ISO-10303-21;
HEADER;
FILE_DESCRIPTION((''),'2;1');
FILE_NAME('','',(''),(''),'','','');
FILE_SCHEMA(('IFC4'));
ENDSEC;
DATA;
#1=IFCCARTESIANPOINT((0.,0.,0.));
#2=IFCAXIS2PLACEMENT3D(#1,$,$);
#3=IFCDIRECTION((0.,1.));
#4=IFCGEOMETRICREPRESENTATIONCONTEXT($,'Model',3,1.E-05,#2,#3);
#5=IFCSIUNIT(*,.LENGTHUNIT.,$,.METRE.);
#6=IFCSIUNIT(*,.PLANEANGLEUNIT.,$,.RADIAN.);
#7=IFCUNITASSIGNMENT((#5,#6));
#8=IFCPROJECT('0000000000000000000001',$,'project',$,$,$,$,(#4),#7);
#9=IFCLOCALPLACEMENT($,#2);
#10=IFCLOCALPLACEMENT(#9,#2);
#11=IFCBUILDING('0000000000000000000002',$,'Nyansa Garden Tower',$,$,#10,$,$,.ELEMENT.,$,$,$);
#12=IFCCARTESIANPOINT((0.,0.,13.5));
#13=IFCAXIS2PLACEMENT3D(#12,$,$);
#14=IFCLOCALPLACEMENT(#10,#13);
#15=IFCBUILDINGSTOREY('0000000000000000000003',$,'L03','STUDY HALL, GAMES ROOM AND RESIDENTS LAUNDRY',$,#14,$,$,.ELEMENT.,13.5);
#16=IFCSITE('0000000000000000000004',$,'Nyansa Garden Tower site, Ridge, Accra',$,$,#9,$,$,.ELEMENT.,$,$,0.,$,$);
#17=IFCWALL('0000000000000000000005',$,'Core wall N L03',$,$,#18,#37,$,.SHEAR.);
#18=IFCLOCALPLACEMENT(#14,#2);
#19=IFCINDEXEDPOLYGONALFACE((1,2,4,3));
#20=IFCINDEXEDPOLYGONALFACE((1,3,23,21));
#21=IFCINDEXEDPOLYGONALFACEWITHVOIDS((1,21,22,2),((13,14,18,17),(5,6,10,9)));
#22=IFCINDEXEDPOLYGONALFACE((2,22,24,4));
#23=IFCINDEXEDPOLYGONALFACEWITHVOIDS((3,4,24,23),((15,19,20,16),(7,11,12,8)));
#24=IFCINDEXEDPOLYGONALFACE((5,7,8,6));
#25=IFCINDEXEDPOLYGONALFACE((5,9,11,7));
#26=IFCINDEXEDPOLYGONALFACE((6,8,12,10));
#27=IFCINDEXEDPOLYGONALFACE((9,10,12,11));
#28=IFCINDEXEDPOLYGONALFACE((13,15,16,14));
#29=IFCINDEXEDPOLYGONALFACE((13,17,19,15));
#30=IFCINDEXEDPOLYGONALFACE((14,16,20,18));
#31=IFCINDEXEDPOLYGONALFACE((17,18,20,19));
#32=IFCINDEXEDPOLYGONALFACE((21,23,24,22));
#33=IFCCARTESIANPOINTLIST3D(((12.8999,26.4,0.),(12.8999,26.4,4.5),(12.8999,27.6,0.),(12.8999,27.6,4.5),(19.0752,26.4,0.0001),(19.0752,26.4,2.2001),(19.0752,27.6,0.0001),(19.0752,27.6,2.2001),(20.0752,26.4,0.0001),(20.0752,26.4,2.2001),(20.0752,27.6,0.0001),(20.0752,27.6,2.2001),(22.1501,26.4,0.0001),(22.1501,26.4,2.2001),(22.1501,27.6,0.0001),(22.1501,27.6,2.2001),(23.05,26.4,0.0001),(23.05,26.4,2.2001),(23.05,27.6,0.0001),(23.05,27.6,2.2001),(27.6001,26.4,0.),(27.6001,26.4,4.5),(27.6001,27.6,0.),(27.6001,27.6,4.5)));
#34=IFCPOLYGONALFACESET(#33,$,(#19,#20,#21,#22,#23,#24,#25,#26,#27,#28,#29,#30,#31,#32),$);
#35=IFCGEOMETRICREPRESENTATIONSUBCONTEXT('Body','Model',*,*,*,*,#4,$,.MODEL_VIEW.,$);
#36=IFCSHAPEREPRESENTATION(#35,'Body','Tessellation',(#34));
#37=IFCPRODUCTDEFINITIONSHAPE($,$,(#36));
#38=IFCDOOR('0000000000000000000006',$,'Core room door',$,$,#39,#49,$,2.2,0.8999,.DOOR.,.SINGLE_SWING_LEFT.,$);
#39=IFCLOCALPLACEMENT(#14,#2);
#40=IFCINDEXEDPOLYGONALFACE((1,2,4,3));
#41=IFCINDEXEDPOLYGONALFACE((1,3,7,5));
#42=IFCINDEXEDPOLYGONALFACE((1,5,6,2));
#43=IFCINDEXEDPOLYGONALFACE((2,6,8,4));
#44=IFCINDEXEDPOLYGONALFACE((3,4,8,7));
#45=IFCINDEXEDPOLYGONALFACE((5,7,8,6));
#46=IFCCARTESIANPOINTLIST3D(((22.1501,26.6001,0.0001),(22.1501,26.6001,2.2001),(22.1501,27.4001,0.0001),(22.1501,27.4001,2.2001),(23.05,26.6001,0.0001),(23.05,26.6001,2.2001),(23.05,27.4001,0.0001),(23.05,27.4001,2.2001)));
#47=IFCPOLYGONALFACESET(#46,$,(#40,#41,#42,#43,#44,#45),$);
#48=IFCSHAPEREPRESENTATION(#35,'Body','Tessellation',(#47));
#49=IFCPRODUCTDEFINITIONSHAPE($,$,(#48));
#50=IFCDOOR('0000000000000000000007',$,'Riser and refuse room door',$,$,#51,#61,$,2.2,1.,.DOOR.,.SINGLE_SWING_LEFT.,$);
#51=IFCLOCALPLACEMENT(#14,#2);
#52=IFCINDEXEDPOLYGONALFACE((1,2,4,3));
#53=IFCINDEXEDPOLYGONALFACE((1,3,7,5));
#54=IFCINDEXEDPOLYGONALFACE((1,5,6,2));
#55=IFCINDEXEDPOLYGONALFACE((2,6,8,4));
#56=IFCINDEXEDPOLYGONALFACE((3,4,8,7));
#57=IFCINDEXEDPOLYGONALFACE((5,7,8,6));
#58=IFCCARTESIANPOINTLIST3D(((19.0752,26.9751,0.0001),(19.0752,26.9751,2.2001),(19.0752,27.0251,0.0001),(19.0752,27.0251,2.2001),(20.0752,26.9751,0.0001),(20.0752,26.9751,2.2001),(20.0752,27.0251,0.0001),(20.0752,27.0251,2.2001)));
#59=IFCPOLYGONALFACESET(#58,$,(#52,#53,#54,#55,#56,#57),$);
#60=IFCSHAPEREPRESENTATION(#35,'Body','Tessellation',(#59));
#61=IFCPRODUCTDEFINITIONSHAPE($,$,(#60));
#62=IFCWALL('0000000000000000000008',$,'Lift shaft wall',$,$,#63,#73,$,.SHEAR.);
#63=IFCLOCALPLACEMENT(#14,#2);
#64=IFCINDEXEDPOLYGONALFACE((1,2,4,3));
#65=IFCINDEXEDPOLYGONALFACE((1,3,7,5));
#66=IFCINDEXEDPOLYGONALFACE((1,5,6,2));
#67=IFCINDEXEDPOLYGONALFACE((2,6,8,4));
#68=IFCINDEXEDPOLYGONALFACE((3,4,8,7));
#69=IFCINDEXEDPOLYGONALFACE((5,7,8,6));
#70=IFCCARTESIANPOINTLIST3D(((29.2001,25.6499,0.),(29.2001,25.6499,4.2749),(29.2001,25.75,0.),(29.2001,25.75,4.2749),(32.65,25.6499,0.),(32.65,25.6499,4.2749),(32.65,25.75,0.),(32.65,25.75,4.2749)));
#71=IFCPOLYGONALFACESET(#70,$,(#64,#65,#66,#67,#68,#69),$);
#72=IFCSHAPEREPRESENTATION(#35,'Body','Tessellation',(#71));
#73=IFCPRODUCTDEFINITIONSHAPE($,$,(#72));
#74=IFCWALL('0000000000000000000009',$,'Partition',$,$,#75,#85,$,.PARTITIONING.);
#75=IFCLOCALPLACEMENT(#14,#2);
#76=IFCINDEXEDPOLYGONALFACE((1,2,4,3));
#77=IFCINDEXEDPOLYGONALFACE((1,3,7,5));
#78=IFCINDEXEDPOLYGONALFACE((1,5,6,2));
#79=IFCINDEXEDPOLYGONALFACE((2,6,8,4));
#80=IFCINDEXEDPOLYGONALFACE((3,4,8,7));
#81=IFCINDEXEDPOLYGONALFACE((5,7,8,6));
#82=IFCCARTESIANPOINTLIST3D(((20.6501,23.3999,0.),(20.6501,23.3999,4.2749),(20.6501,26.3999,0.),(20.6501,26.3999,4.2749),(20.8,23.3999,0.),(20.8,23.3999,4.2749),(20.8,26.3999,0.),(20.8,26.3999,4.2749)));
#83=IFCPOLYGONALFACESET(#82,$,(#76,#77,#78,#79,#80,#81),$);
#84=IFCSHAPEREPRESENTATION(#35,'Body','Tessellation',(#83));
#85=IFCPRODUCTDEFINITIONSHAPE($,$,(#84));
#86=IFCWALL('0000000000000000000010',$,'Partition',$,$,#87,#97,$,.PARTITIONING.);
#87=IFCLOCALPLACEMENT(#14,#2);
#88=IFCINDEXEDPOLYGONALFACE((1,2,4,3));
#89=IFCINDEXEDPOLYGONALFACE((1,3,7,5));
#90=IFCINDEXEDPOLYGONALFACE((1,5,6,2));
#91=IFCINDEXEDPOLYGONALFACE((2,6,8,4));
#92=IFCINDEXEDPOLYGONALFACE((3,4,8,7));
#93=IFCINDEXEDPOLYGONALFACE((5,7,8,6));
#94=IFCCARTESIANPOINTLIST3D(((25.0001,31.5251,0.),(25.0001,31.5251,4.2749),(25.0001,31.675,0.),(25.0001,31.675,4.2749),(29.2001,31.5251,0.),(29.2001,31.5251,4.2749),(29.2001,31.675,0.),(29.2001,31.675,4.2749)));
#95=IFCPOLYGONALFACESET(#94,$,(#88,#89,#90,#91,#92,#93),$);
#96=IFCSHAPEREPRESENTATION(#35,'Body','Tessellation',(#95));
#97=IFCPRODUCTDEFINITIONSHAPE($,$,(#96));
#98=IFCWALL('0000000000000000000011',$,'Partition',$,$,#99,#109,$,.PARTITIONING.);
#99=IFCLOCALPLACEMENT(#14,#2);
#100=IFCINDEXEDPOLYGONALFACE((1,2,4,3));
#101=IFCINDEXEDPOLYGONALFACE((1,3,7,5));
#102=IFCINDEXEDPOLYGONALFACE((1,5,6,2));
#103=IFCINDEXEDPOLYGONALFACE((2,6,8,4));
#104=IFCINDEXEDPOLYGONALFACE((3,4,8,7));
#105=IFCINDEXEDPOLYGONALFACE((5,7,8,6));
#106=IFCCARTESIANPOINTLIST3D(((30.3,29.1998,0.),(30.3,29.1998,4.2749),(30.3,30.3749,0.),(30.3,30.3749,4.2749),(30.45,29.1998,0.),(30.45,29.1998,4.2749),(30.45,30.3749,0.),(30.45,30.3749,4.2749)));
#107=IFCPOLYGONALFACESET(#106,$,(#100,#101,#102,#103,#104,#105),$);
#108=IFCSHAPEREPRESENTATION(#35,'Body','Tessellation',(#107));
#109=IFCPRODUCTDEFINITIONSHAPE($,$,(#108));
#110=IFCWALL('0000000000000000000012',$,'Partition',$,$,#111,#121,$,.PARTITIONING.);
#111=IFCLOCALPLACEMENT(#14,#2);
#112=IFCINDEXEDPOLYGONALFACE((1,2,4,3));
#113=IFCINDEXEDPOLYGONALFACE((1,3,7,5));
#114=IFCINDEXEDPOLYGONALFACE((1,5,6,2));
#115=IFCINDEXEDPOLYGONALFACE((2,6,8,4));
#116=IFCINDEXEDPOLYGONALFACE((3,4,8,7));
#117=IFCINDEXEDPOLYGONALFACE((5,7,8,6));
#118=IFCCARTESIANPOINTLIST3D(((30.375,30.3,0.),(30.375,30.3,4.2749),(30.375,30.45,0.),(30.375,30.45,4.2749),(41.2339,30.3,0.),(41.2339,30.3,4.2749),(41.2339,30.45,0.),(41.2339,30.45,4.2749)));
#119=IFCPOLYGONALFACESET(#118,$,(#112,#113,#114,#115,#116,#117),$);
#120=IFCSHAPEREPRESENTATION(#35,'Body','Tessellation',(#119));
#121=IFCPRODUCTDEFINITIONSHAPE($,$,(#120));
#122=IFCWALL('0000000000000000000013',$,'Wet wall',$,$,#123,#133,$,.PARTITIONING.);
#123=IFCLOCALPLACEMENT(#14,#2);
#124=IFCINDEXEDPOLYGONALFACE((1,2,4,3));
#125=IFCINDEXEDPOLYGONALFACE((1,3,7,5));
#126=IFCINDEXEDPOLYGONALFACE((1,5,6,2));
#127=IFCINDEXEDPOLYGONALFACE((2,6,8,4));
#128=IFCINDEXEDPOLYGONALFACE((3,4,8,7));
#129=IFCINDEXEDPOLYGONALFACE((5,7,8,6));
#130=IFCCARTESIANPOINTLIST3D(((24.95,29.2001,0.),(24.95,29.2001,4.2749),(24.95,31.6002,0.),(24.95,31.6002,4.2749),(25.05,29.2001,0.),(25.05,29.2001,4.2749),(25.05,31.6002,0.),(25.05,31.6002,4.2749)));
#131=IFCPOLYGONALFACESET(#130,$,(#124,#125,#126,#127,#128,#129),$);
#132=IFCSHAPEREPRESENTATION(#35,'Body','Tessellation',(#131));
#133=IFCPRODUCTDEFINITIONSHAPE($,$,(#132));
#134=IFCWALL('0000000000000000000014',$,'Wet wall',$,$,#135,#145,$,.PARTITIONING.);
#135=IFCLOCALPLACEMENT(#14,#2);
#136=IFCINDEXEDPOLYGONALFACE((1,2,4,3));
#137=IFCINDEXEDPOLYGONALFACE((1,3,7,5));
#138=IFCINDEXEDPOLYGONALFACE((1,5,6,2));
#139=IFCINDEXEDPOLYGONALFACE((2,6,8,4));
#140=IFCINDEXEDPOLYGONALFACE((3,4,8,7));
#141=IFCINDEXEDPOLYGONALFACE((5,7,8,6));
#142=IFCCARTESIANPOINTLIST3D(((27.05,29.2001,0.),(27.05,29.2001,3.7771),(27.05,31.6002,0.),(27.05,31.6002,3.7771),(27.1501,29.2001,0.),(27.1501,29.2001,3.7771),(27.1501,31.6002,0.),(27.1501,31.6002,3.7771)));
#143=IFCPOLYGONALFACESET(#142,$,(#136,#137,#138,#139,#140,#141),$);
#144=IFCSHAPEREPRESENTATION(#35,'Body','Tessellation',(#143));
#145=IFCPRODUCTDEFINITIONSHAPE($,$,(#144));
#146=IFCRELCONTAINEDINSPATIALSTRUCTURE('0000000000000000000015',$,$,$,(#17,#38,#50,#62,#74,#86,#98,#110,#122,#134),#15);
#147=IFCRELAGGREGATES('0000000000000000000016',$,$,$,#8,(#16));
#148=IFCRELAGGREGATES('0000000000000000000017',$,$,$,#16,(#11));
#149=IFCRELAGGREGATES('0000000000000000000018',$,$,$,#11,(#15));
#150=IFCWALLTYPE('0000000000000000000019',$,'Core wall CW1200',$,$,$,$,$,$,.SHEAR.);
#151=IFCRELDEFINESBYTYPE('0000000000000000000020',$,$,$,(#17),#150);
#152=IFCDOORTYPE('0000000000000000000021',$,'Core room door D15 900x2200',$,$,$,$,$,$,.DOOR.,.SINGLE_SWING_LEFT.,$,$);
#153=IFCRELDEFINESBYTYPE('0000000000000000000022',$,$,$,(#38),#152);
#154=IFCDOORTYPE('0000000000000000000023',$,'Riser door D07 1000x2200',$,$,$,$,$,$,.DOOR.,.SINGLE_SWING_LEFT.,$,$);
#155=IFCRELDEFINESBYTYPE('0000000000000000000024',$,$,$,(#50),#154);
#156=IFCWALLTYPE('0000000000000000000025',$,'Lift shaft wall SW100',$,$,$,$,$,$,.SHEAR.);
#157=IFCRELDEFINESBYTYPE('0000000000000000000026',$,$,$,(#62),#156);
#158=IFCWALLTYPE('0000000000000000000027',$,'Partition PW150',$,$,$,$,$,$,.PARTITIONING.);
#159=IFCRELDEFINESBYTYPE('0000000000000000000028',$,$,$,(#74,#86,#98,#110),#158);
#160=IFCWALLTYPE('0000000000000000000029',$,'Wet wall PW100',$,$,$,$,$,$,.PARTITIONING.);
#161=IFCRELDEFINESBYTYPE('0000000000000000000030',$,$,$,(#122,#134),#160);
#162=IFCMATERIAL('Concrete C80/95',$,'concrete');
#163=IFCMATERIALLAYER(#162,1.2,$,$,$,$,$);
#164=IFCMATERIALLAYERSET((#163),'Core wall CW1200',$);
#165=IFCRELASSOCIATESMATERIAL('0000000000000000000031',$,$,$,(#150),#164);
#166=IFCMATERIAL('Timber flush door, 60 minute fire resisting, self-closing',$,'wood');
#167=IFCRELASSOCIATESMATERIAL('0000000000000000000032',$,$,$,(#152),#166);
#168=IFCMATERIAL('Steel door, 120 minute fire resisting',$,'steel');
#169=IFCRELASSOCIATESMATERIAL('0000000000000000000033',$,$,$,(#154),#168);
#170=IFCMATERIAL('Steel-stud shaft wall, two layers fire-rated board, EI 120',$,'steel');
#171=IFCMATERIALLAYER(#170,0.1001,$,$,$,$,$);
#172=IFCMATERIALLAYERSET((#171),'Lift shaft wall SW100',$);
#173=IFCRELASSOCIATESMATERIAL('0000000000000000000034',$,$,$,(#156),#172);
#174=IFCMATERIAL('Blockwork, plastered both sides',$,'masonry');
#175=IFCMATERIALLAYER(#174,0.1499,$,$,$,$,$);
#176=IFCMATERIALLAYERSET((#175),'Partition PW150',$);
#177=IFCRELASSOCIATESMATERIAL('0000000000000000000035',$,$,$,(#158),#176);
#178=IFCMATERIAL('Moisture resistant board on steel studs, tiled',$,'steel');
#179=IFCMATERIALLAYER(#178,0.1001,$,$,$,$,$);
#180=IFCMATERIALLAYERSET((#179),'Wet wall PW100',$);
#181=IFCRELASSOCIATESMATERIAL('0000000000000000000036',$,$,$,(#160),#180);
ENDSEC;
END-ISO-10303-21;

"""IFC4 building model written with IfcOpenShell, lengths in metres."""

from ifc_helpers import new_model, si_unit, direction, frame, frame_2d, origin, place, context, subcontext, project, spatial, rectangle, extrude, material, layer, layer_set, type_object, element, fill, save


model = new_model("IFC4")

# Units and contexts
model_context = context("Model", 3, precision=1e-05, world=origin(), true_north=direction((0.0, 1.0)))
body_context = subcontext(model_context, "Body", "Model", "MODEL_VIEW")
ifc_project = project(units=[si_unit("LENGTHUNIT", "METRE"), si_unit("PLANEANGLEUNIT", "RADIAN")], contexts=[model_context])

# Site, building, storey
site_placement = place(None, origin())
site = spatial("IfcSite", under=ifc_project, at=site_placement, Name="Nyansa Garden Tower site, Ridge, Accra", CompositionType="ELEMENT", RefElevation=0.0)
building_placement = place(site_placement, origin())
building = spatial("IfcBuilding", under=site, at=building_placement, Name="Nyansa Garden Tower", CompositionType="ELEMENT")
storey_placement = place(building_placement, frame((0.0, 0.0, 13.5)))
storey = spatial("IfcBuildingStorey", under=building, at=storey_placement, Name="L03", Description="STUDY HALL, GAMES ROOM AND RESIDENTS LAUNDRY", CompositionType="ELEMENT", Elevation=13.5)

# Wall, openings, doors
ifc_material_1 = material(Name="Concrete C80/95", Category="concrete")
ifc_layer_1 = layer(ifc_material_1, 1.2)
ifc_layer_set_1 = layer_set([ifc_layer_1], Name="Core wall CW1200")
wall_type_1 = type_object("IfcWallType", Name="Core wall CW1200", PredefinedType="SHEAR", material=ifc_layer_set_1)
wall_1_placement = place(storey_placement, frame((27.6001, 27.0, 0.0), z_axis=(0.0, 0.0, 1.0), x_axis=(-1.0, 0.0, 0.0)))
wall_1 = element("IfcWall", 1, at=wall_1_placement, inside=storey, type_object=wall_type_1, Name="Core wall N L03", PredefinedType="SHEAR", context=body_context, shape_type="SweptSolid", body=[
    extrude(rectangle(XDim=14.7002, YDim=1.2, at=frame_2d((7.3501, 0.0))), origin(), (0.0, 0.0, 1.0), 4.5),
])
opening_1_placement = place(wall_1_placement, frame((4.55, 0.0, 0.0)))
opening_1 = element("IfcOpeningElement", 2, at=opening_1_placement, cuts=wall_1, PredefinedType="OPENING", context=body_context, shape_type="SweptSolid", body=[
    extrude(rectangle(XDim=0.8999, YDim=2.2, at=frame_2d((0.45, 1.1001))), frame((0.0, 0.6099, 0.0), z_axis=(0.0, -1.0, 0.0), x_axis=(1.0, 0.0, 0.0)), (0.0, 0.0, 1.0), 1.22),
])
opening_2_placement = place(wall_1_placement, frame((7.5249, 0.0, 0.0)))
opening_2 = element("IfcOpeningElement", 3, at=opening_2_placement, cuts=wall_1, PredefinedType="OPENING", context=body_context, shape_type="SweptSolid", body=[
    extrude(rectangle(XDim=1.0, YDim=2.2, at=frame_2d((0.5, 1.1001))), frame((0.0, 0.6099, 0.0), z_axis=(0.0, -1.0, 0.0), x_axis=(1.0, 0.0, 0.0)), (0.0, 0.0, 1.0), 1.22),
])
ifc_material_2 = material(Name="Timber flush door, 60 minute fire resisting, self-closing", Category="wood")
door_type_1 = type_object("IfcDoorType", Name="Core room door D15 900x2200", OperationType="SINGLE_SWING_LEFT", PredefinedType="DOOR", material=ifc_material_2)
door_1_placement = place(opening_1_placement, origin())
door_1 = element("IfcDoor", 4, at=door_1_placement, inside=storey, type_object=door_type_1, Name="Core room door", OperationType="SINGLE_SWING_LEFT", OverallHeight=2.2, OverallWidth=0.8999, PredefinedType="DOOR", context=body_context, shape_type="SweptSolid", body=[
    extrude(rectangle(XDim=0.8999, YDim=2.2, at=frame_2d((0.45, 1.1001))), frame((0.0, 0.3999, 0.0), z_axis=(0.0, -1.0, 0.0), x_axis=(1.0, 0.0, 0.0)), (0.0, 0.0, 1.0), 0.8),
])
fill(opening_1, door_1)
ifc_material_3 = material(Name="Steel door, 120 minute fire resisting", Category="steel")
door_type_2 = type_object("IfcDoorType", Name="Riser door D07 1000x2200", OperationType="SINGLE_SWING_LEFT", PredefinedType="DOOR", material=ifc_material_3)
door_2_placement = place(opening_2_placement, origin())
door_2 = element("IfcDoor", 5, at=door_2_placement, inside=storey, type_object=door_type_2, Name="Riser and refuse room door", OperationType="SINGLE_SWING_LEFT", OverallHeight=2.2, OverallWidth=1.0, PredefinedType="DOOR", context=body_context, shape_type="SweptSolid", body=[
    extrude(rectangle(XDim=1.0, YDim=2.2, at=frame_2d((0.5, 1.1001))), frame((0.0, 0.0249, 0.0), z_axis=(0.0, -1.0, 0.0), x_axis=(1.0, 0.0, 0.0)), (0.0, 0.0, 1.0), 0.05),
])
fill(opening_2, door_2)

# Walls
ifc_material_4 = material(Name="Steel-stud shaft wall, two layers fire-rated board, EI 120", Category="steel")
ifc_layer_2 = layer(ifc_material_4, 0.1001)
ifc_layer_set_2 = layer_set([ifc_layer_2], Name="Lift shaft wall SW100")
wall_type_2 = type_object("IfcWallType", Name="Lift shaft wall SW100", PredefinedType="SHEAR", material=ifc_layer_set_2)
wall_2_placement = place(storey_placement, frame((29.2, 25.7, 0.0), z_axis=(0.0, 0.0, 1.0), x_axis=(1.0, 0.0, 0.0)))
element("IfcWall", 6, at=wall_2_placement, inside=storey, type_object=wall_type_2, Name="Lift shaft wall", PredefinedType="SHEAR", context=body_context, shape_type="SweptSolid", body=[
    extrude(rectangle(XDim=3.45, YDim=0.1001, at=frame_2d((1.7251, 0.0))), origin(), (0.0, 0.0, 1.0), 4.2749),
])
ifc_material_5 = material(Name="Blockwork, plastered both sides", Category="masonry")
ifc_layer_3 = layer(ifc_material_5, 0.1499)
ifc_layer_set_3 = layer_set([ifc_layer_3], Name="Partition PW150")
wall_type_3 = type_object("IfcWallType", Name="Partition PW150", PredefinedType="PARTITIONING", material=ifc_layer_set_3)
wall_3_placement = place(storey_placement, frame((20.7251, 23.3999, 0.0), z_axis=(0.0, 0.0, 1.0), x_axis=(0.0, 1.0, 0.0)))
element("IfcWall", 7, at=wall_3_placement, inside=storey, type_object=wall_type_3, Name="Partition", PredefinedType="PARTITIONING", context=body_context, shape_type="SweptSolid", body=[
    extrude(rectangle(XDim=3.0, YDim=0.1499, at=frame_2d((1.5, 0.0))), origin(), (0.0, 0.0, 1.0), 4.2749),
])
wall_4_placement = place(storey_placement, frame((25.0, 31.6001, 0.0), z_axis=(0.0, 0.0, 1.0), x_axis=(1.0, 0.0, 0.0)))
element("IfcWall", 8, at=wall_4_placement, inside=storey, type_object=wall_type_3, Name="Partition", PredefinedType="PARTITIONING", context=body_context, shape_type="SweptSolid", body=[
    extrude(rectangle(XDim=4.2, YDim=0.1499, at=frame_2d((2.1001, 0.0))), origin(), (0.0, 0.0, 1.0), 4.2749),
])
wall_5_placement = place(storey_placement, frame((30.375, 29.2, 0.0), z_axis=(0.0, 0.0, 1.0), x_axis=(0.0, 1.0, 0.0)))
element("IfcWall", 9, at=wall_5_placement, inside=storey, type_object=wall_type_3, Name="Partition", PredefinedType="PARTITIONING", context=body_context, shape_type="SweptSolid", body=[
    extrude(rectangle(XDim=1.175, YDim=0.1499, at=frame_2d((0.5874, 0.0))), origin(), (0.0, 0.0, 1.0), 4.2749),
])
wall_6_placement = place(storey_placement, frame((30.375, 30.375, 0.0), z_axis=(0.0, 0.0, 1.0), x_axis=(1.0, 0.0, 0.0)))
element("IfcWall", 10, at=wall_6_placement, inside=storey, type_object=wall_type_3, Name="Partition", PredefinedType="PARTITIONING", context=body_context, shape_type="SweptSolid", body=[
    extrude(rectangle(XDim=10.8589, YDim=0.1499, at=frame_2d((5.4294, 0.0))), origin(), (0.0, 0.0, 1.0), 4.2749),
])
ifc_material_6 = material(Name="Moisture resistant board on steel studs, tiled", Category="steel")
ifc_layer_4 = layer(ifc_material_6, 0.1001)
ifc_layer_set_4 = layer_set([ifc_layer_4], Name="Wet wall PW100")
wall_type_4 = type_object("IfcWallType", Name="Wet wall PW100", PredefinedType="PARTITIONING", material=ifc_layer_set_4)
wall_7_placement = place(storey_placement, frame((25.0, 29.2, 0.0), z_axis=(0.0, 0.0, 1.0), x_axis=(0.0, 1.0, 0.0)))
element("IfcWall", 11, at=wall_7_placement, inside=storey, type_object=wall_type_4, Name="Wet wall", PredefinedType="PARTITIONING", context=body_context, shape_type="SweptSolid", body=[
    extrude(rectangle(XDim=2.4001, YDim=0.1001, at=frame_2d((1.2002, 0.0))), origin(), (0.0, 0.0, 1.0), 4.2749),
])
wall_8_placement = place(storey_placement, frame((27.1001, 29.2, 0.0), z_axis=(0.0, 0.0, 1.0), x_axis=(0.0, 1.0, 0.0)))
element("IfcWall", 12, at=wall_8_placement, inside=storey, type_object=wall_type_4, Name="Wet wall", PredefinedType="PARTITIONING", context=body_context, shape_type="SweptSolid", body=[
    extrude(rectangle(XDim=2.4001, YDim=0.1001, at=frame_2d((1.2002, 0.0))), origin(), (0.0, 0.0, 1.0), 3.7771),
])

save(model, "model.ifc")
